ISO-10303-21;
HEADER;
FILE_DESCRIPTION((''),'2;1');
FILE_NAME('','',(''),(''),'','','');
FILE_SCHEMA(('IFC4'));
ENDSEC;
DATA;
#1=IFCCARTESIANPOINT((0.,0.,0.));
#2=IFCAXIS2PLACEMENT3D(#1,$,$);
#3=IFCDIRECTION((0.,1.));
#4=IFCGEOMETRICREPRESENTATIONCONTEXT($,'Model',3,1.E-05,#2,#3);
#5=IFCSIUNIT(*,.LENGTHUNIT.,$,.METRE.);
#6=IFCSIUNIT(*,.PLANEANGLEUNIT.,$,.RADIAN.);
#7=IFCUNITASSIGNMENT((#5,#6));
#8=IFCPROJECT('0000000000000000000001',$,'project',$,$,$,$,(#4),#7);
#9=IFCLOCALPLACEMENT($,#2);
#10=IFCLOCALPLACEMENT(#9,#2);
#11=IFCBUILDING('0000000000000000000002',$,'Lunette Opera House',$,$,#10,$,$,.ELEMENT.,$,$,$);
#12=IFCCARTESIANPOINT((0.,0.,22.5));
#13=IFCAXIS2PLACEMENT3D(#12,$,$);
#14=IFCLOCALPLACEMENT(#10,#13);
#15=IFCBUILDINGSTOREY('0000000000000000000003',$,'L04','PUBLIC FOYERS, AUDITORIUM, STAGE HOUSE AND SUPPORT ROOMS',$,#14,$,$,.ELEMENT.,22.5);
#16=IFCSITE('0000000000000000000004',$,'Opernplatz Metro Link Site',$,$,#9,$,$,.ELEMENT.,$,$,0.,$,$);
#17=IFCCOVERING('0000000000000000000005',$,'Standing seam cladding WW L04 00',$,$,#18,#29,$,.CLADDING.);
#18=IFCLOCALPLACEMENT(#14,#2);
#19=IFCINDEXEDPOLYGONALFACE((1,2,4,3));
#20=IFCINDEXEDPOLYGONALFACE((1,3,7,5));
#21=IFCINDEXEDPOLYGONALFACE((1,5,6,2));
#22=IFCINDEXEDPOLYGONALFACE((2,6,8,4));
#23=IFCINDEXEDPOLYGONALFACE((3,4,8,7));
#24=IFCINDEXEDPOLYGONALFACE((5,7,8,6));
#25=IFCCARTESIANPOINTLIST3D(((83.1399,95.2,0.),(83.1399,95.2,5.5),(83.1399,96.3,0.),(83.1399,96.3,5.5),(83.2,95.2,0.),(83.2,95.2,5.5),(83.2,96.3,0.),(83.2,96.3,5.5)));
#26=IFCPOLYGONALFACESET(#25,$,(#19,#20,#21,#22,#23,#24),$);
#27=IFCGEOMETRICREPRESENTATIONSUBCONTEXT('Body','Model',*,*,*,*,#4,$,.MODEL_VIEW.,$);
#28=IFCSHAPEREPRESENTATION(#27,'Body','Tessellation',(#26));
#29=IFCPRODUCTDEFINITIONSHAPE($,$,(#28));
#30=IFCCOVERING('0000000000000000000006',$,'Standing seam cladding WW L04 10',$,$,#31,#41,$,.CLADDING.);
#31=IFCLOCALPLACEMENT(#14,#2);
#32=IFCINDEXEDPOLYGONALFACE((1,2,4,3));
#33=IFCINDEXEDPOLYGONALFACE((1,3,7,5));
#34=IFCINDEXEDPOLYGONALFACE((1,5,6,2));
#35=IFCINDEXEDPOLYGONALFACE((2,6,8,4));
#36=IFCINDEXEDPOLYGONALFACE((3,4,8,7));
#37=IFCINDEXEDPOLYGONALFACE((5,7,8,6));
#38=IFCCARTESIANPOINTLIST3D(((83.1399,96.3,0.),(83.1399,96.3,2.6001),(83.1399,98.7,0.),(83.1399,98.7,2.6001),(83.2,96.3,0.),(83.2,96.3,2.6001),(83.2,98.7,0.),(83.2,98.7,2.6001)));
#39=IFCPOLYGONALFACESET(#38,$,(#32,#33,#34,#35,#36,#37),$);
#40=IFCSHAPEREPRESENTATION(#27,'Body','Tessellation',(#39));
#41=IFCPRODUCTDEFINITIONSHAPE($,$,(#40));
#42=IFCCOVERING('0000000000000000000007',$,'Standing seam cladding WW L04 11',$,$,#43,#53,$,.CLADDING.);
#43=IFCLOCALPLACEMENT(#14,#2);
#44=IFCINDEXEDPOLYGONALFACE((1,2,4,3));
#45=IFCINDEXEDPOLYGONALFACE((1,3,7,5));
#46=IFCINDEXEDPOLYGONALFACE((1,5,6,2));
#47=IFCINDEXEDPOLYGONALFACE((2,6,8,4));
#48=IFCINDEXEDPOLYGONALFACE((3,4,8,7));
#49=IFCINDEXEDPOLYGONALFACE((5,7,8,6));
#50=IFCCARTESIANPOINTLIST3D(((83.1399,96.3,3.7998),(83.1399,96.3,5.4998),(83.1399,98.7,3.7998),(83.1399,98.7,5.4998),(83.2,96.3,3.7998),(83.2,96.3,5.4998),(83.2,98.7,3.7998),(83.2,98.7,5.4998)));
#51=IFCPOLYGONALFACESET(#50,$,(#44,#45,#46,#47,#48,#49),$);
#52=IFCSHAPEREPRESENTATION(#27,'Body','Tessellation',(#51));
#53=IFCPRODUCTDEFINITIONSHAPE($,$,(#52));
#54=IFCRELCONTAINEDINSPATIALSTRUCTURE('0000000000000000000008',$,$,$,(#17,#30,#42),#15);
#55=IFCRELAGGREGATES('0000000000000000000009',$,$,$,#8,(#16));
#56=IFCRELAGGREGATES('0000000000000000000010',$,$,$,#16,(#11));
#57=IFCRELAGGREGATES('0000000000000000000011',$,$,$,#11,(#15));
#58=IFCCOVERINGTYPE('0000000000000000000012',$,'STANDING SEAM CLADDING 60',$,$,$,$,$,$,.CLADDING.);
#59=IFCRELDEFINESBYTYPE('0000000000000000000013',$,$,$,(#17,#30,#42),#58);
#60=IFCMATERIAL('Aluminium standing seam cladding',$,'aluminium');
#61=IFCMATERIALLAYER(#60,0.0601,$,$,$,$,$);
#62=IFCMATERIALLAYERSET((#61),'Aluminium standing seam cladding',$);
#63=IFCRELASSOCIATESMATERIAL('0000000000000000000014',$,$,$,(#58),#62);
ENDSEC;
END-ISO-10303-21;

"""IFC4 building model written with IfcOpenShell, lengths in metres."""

from ifc_helpers import new_model, si_unit, direction, frame, origin, origin_2d, place, context, subcontext, project, spatial, rectangle, extrude, material, layer, layer_set, type_object, element, save


model = new_model("IFC4")

# Units and contexts
model_context = context("Model", 3, precision=1e-05, world=origin(), true_north=direction((0.0, 1.0)))
body_context = subcontext(model_context, "Body", "Model", "MODEL_VIEW")
ifc_project = project(units=[si_unit("LENGTHUNIT", "METRE"), si_unit("PLANEANGLEUNIT", "RADIAN")], contexts=[model_context])

# Site, building, storey
site_placement = place(None, origin())
site = spatial("IfcSite", under=ifc_project, at=site_placement, Name="Opernplatz Metro Link Site", CompositionType="ELEMENT", RefElevation=0.0)
building_placement = place(site_placement, origin())
building = spatial("IfcBuilding", under=site, at=building_placement, Name="Lunette Opera House", CompositionType="ELEMENT")
storey_placement = place(building_placement, frame((0.0, 0.0, 22.5)))
storey = spatial("IfcBuildingStorey", under=building, at=storey_placement, Name="L04", Description="PUBLIC FOYERS, AUDITORIUM, STAGE HOUSE AND SUPPORT ROOMS", CompositionType="ELEMENT", Elevation=22.5)

# Coverings
ifc_material_1 = material(Name="Aluminium standing seam cladding", Category="aluminium")
ifc_layer_1 = layer(ifc_material_1, 0.0601)
ifc_layer_set_1 = layer_set([ifc_layer_1], Name="Aluminium standing seam cladding")
covering_type = type_object("IfcCoveringType", Name="STANDING SEAM CLADDING 60", PredefinedType="CLADDING", material=ifc_layer_set_1)
covering_1_placement = place(storey_placement, frame((83.1699, 95.75, 0.0), z_axis=(0.0, 0.0, 1.0), x_axis=(0.0, 1.0, 0.0)))
element("IfcCovering", 1, at=covering_1_placement, inside=storey, type_object=covering_type, Name="Standing seam cladding WW L04 00", PredefinedType="CLADDING", context=body_context, shape_type="SweptSolid", body=[
    extrude(rectangle(XDim=1.1001, YDim=0.0601, at=origin_2d()), origin(), (0.0, 0.0, 1.0), 5.5),
])
covering_2_placement = place(storey_placement, frame((83.1699, 97.5, 0.0), z_axis=(0.0, 0.0, 1.0), x_axis=(0.0, 1.0, 0.0)))
element("IfcCovering", 2, at=covering_2_placement, inside=storey, type_object=covering_type, Name="Standing seam cladding WW L04 10", PredefinedType="CLADDING", context=body_context, shape_type="SweptSolid", body=[
    extrude(rectangle(XDim=2.3999, YDim=0.0601, at=origin_2d()), origin(), (0.0, 0.0, 1.0), 2.6001),
])
covering_3_placement = place(storey_placement, frame((83.1699, 97.5, 3.7998), z_axis=(0.0, 0.0, 1.0), x_axis=(0.0, 1.0, 0.0)))
element("IfcCovering", 3, at=covering_3_placement, inside=storey, type_object=covering_type, Name="Standing seam cladding WW L04 11", PredefinedType="CLADDING", context=body_context, shape_type="SweptSolid", body=[
    extrude(rectangle(XDim=2.3999, YDim=0.0601, at=origin_2d()), origin(), (0.0, 0.0, 1.0), 1.7),
])

save(model, "model.ifc")
